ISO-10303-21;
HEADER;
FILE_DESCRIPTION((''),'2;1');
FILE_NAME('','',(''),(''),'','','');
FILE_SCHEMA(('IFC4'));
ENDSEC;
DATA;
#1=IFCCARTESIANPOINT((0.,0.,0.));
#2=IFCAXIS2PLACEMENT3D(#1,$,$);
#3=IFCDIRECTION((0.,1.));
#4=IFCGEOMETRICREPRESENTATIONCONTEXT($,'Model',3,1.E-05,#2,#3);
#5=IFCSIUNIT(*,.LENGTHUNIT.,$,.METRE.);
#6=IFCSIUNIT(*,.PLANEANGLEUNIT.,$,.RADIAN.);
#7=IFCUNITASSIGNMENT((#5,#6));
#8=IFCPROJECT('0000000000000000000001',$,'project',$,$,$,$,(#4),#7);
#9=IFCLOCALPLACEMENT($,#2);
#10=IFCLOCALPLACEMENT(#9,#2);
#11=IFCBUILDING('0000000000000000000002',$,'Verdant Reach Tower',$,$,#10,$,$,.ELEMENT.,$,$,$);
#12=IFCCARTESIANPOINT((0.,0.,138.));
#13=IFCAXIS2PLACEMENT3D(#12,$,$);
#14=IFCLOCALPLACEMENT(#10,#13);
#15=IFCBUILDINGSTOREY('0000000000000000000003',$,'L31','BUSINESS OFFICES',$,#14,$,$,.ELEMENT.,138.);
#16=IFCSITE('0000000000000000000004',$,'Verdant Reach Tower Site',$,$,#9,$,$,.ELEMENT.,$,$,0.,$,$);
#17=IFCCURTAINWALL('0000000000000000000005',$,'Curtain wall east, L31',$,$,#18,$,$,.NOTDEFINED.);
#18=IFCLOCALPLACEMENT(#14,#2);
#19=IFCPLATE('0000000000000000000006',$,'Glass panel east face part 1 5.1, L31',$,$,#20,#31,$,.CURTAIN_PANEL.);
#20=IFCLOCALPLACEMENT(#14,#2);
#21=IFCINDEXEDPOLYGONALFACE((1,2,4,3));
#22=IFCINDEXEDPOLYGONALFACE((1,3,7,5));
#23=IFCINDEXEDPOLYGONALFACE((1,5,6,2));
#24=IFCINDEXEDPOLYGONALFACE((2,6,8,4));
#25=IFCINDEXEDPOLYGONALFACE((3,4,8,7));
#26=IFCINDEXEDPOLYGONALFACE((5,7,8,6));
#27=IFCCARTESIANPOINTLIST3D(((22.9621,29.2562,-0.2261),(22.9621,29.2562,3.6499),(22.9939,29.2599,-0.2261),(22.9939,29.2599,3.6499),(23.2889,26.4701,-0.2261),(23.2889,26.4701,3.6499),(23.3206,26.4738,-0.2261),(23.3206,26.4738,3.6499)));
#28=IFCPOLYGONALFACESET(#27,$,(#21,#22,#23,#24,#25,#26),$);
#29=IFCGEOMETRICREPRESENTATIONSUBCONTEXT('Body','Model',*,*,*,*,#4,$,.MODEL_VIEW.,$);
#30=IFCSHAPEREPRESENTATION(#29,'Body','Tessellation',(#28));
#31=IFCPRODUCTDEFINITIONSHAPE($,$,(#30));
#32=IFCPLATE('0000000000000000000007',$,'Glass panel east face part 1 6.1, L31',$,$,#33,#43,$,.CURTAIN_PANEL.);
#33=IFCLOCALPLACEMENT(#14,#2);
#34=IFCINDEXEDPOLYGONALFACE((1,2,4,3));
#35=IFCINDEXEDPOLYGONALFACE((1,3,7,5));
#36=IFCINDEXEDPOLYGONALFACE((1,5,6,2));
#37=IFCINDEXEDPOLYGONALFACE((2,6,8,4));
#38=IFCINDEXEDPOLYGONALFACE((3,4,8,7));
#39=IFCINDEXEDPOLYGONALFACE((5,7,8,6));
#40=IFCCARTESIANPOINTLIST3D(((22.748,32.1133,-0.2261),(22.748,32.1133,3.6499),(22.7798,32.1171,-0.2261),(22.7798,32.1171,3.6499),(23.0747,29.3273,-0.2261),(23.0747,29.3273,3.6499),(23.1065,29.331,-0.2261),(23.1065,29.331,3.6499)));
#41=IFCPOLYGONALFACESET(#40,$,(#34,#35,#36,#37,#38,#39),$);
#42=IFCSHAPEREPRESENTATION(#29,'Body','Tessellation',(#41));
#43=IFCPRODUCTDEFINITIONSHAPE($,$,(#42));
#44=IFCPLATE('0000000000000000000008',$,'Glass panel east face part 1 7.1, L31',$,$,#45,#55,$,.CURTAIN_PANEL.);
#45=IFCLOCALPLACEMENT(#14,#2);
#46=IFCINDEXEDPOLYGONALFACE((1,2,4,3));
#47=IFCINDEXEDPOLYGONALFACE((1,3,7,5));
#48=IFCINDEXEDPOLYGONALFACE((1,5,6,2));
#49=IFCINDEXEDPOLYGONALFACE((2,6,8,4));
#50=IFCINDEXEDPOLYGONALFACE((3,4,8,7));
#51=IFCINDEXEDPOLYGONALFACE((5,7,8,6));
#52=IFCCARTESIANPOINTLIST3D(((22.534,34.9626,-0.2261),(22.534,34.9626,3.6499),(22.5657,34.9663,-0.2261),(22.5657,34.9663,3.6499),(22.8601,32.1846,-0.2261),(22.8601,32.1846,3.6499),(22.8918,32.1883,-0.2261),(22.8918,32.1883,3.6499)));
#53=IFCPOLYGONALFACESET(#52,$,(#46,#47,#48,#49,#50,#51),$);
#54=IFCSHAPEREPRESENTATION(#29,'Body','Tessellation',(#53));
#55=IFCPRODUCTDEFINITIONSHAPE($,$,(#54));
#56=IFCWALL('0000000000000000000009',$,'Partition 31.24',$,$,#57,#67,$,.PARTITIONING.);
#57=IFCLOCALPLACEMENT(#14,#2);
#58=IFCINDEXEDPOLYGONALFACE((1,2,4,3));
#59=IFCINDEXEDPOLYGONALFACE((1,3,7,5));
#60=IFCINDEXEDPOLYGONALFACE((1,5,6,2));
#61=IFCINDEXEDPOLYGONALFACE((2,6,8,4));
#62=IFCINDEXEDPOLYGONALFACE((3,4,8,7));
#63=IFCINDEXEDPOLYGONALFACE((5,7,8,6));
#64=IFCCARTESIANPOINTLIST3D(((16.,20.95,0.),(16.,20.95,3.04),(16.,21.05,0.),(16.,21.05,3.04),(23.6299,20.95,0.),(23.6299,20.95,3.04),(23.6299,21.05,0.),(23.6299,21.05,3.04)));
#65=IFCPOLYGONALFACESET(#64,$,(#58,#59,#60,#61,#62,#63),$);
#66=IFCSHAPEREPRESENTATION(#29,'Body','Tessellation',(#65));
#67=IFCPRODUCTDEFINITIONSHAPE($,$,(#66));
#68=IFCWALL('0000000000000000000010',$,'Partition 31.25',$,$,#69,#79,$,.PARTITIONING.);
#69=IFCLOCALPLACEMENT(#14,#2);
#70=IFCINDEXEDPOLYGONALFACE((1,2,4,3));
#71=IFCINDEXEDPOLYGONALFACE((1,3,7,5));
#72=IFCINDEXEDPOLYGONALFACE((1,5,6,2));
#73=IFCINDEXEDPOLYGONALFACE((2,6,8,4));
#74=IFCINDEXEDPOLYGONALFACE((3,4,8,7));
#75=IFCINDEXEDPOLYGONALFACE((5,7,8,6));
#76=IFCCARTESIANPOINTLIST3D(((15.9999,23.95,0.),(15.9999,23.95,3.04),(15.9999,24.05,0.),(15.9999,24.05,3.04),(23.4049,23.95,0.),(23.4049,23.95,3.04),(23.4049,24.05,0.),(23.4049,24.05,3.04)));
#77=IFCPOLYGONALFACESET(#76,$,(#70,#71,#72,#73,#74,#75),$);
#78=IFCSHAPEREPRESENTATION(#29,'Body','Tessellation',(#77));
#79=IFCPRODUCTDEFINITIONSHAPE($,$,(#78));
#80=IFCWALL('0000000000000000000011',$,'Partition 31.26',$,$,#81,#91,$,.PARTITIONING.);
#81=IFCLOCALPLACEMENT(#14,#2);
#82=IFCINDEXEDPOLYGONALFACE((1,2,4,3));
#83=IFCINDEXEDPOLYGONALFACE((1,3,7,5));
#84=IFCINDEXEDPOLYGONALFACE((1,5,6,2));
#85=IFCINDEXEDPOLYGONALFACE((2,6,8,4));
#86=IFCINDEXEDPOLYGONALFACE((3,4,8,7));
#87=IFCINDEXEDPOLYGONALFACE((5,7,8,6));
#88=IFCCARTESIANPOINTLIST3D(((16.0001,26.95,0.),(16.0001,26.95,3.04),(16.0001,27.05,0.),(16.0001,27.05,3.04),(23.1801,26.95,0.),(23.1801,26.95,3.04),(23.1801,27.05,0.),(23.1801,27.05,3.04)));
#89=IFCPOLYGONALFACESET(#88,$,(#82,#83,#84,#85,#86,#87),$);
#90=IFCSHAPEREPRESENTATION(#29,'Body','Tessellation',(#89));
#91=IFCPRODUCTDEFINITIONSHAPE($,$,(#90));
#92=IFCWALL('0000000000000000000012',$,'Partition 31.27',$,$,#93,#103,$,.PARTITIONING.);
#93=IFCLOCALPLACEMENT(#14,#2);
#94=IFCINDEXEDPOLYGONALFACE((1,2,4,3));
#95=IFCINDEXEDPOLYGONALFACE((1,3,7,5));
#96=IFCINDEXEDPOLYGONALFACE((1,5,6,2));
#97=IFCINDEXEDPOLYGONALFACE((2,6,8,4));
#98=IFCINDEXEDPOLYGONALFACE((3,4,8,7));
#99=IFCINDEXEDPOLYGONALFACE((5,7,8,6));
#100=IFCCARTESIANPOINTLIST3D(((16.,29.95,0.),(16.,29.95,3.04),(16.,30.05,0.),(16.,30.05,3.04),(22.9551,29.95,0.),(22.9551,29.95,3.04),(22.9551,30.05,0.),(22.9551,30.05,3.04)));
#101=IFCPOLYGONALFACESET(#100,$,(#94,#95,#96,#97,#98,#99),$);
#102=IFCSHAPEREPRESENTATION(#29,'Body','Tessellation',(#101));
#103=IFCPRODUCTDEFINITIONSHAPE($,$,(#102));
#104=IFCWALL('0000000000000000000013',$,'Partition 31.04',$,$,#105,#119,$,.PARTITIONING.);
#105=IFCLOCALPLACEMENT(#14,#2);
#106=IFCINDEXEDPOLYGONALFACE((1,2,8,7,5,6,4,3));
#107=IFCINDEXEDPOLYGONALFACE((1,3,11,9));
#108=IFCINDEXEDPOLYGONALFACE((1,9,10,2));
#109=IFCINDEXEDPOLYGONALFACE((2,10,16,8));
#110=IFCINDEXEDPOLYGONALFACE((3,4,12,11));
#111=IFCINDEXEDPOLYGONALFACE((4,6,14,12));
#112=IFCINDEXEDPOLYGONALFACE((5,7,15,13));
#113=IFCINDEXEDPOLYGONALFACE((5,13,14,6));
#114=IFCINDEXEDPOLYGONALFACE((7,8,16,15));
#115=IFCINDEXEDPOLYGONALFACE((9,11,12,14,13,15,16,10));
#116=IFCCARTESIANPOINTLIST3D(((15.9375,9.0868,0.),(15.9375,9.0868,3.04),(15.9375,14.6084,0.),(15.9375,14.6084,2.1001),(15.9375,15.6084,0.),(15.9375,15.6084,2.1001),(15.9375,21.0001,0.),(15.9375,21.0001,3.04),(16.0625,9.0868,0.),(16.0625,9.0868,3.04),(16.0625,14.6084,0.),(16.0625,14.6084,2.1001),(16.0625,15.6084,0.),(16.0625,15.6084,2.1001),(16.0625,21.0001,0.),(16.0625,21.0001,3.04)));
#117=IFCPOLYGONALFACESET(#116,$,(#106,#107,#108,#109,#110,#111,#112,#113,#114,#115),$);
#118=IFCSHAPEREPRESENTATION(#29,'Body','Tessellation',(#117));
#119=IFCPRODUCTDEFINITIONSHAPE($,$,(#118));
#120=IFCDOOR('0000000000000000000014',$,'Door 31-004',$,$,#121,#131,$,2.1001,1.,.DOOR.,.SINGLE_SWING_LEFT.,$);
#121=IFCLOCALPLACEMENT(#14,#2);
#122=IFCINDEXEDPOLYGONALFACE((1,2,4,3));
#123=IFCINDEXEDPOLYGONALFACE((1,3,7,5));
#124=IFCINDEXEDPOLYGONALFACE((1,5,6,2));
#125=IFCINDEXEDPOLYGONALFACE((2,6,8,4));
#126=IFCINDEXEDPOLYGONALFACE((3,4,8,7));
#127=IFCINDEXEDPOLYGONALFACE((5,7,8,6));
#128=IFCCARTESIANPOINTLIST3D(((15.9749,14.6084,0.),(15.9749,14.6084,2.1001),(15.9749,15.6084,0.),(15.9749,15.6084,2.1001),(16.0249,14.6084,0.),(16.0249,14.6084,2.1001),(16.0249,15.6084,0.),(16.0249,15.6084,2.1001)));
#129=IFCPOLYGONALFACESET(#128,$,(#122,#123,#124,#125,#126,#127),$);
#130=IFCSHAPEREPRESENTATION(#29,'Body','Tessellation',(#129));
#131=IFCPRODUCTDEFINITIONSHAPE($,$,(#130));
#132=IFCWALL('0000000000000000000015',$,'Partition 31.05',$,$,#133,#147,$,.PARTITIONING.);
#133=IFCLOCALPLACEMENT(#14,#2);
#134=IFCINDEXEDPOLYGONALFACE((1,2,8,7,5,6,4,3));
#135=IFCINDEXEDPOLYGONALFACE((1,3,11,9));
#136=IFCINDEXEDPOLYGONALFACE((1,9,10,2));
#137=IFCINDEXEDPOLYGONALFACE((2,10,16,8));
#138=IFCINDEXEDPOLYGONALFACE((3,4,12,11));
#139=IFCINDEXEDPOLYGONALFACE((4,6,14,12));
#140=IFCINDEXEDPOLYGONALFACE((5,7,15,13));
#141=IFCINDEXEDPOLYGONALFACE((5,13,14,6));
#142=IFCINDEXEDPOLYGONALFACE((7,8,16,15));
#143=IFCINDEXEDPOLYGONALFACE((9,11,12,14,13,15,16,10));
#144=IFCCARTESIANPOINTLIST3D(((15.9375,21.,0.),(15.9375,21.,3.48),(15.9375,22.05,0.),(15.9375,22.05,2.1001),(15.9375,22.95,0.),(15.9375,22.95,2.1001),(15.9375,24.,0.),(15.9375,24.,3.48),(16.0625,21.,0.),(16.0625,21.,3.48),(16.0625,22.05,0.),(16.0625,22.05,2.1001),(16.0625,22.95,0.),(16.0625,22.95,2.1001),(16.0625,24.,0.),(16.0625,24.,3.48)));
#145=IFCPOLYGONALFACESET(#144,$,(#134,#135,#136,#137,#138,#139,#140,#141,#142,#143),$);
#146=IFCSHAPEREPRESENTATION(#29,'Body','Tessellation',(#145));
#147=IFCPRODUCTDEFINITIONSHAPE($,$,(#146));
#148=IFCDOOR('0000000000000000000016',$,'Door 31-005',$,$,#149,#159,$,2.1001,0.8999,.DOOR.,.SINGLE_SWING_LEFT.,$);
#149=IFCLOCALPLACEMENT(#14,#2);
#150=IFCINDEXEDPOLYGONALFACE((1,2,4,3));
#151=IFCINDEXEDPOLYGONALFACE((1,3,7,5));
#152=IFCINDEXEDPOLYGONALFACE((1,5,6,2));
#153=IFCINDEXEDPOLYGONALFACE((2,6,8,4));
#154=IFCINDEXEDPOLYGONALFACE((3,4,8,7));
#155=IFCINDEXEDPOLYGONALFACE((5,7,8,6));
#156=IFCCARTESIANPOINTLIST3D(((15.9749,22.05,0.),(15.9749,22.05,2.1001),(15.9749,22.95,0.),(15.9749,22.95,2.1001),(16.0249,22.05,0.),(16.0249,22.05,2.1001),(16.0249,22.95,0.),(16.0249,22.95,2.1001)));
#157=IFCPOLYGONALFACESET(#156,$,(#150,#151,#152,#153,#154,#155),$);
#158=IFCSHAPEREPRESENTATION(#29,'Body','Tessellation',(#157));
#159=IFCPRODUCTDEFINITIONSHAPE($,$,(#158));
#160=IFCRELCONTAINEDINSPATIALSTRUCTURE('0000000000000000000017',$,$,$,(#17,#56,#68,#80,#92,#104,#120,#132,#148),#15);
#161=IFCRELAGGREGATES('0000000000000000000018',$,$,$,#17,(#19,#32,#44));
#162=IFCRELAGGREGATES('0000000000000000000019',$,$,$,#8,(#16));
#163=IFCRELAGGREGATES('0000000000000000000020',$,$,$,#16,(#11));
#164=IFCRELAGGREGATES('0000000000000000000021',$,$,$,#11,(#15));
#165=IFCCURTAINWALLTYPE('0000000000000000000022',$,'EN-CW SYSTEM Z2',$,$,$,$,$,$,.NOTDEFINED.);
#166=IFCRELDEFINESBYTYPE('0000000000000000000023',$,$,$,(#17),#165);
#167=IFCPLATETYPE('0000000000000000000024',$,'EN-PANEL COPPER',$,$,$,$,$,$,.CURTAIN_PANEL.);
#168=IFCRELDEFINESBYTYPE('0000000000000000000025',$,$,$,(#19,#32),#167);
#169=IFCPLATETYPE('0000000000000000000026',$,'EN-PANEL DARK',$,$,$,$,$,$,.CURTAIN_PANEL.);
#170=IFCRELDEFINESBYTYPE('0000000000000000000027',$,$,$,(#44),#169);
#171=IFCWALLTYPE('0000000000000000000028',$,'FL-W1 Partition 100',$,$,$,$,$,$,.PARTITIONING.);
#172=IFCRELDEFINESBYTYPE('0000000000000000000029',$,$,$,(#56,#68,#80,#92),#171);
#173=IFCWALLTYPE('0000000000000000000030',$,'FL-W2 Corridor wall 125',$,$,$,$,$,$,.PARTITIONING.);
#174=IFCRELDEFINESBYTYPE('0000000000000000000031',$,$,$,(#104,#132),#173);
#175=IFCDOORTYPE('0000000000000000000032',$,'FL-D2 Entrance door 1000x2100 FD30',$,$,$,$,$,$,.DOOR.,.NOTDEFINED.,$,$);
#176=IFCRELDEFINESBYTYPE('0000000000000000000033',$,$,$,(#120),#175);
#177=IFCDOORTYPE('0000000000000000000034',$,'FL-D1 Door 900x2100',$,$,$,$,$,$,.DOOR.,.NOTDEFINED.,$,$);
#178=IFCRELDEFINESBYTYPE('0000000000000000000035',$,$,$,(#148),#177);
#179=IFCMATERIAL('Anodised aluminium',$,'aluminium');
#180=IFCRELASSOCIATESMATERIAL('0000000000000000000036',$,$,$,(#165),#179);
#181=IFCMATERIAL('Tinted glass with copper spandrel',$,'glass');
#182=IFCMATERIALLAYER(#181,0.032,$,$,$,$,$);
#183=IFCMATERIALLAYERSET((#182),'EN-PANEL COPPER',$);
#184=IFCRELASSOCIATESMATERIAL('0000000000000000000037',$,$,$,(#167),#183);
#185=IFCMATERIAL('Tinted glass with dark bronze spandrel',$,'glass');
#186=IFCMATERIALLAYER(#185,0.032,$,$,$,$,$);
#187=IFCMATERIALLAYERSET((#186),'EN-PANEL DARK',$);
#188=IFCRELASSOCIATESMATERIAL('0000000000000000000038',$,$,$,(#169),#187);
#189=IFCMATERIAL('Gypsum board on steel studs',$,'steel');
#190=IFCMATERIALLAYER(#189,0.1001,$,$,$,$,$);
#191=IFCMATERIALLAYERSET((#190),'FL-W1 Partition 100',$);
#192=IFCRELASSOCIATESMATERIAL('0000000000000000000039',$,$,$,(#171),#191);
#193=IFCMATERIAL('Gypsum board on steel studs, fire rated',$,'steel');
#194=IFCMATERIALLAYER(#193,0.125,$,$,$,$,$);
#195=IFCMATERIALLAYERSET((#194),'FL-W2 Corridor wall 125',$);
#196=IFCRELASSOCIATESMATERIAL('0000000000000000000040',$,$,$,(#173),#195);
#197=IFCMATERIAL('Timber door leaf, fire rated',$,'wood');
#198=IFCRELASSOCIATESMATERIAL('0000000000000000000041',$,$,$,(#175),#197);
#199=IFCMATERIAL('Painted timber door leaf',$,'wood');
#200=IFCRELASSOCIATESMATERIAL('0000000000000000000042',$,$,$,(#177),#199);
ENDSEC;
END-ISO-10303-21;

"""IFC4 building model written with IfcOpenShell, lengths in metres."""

from ifc_helpers import new_model, si_unit, direction, frame, frame_2d, origin, origin_2d, place, context, subcontext, project, spatial, rectangle, extrude, material, layer, layer_set, type_object, element, fill, aggregate, save


model = new_model("IFC4")

# Units and contexts
model_context = context("Model", 3, precision=1e-05, world=origin(), true_north=direction((0.0, 1.0)))
body_context = subcontext(model_context, "Body", "Model", "MODEL_VIEW")
ifc_project = project(units=[si_unit("LENGTHUNIT", "METRE"), si_unit("PLANEANGLEUNIT", "RADIAN")], contexts=[model_context])

# Site, building, storey
site_placement = place(None, origin())
site = spatial("IfcSite", under=ifc_project, at=site_placement, Name="Verdant Reach Tower Site", CompositionType="ELEMENT", RefElevation=0.0)
building_placement = place(site_placement, origin())
building = spatial("IfcBuilding", under=site, at=building_placement, Name="Verdant Reach Tower", CompositionType="ELEMENT")
storey_placement = place(building_placement, frame((0.0, 0.0, 138.0)))
storey = spatial("IfcBuildingStorey", under=building, at=storey_placement, Name="L31", Description="BUSINESS OFFICES", CompositionType="ELEMENT", Elevation=138.0)

# Curtain wall
ifc_material_1 = material(Name="Anodised aluminium", Category="aluminium")
curtain_wall_type = type_object("IfcCurtainWallType", Name="EN-CW SYSTEM Z2", PredefinedType="NOTDEFINED", material=ifc_material_1)
curtain_wall_placement = place(storey_placement, origin())
curtain_wall = element("IfcCurtainWall", 1, at=curtain_wall_placement, inside=storey, type_object=curtain_wall_type, Name="Curtain wall east, L31", PredefinedType="NOTDEFINED")

# Plates
ifc_material_2 = material(Name="Tinted glass with copper spandrel", Category="glass")
ifc_layer_1 = layer(ifc_material_2, 0.032)
ifc_layer_set_1 = layer_set([ifc_layer_1], Name="EN-PANEL COPPER")
plate_type_1 = type_object("IfcPlateType", Name="EN-PANEL COPPER", PredefinedType="CURTAIN_PANEL", material=ifc_layer_set_1)
plate_1_placement = place(storey_placement, frame((23.1414, 27.865, -0.2261), z_axis=(0.0, 0.0, 1.0), x_axis=(-0.116483, 0.993193, 0.0)))
plate_1 = element("IfcPlate", 2, at=plate_1_placement, type_object=plate_type_1, Name="Glass panel east face part 1 5.1, L31", PredefinedType="CURTAIN_PANEL", context=body_context, shape_type="SweptSolid", body=[
    extrude(rectangle(XDim=2.8052, YDim=0.032, at=origin_2d()), origin(), (0.0, 0.0, 1.0), 3.876),
])
plate_2_placement = place(storey_placement, frame((22.9272, 30.7222, -0.2261), z_axis=(0.0, 0.0, 1.0), x_axis=(-0.116483, 0.993193, 0.0)))
plate_2 = element("IfcPlate", 3, at=plate_2_placement, type_object=plate_type_1, Name="Glass panel east face part 1 6.1, L31", PredefinedType="CURTAIN_PANEL", context=body_context, shape_type="SweptSolid", body=[
    extrude(rectangle(XDim=2.8052, YDim=0.032, at=origin_2d()), origin(), (0.0, 0.0, 1.0), 3.876),
])
ifc_material_3 = material(Name="Tinted glass with dark bronze spandrel", Category="glass")
ifc_layer_2 = layer(ifc_material_3, 0.032)
ifc_layer_set_2 = layer_set([ifc_layer_2], Name="EN-PANEL DARK")
plate_type_2 = type_object("IfcPlateType", Name="EN-PANEL DARK", PredefinedType="CURTAIN_PANEL", material=ifc_layer_set_2)
plate_3_placement = place(storey_placement, frame((22.7129, 33.5754, -0.2261), z_axis=(0.0, 0.0, 1.0), x_axis=(-0.116586, 0.993181, 0.0)))
plate_3 = element("IfcPlate", 4, at=plate_3_placement, type_object=plate_type_2, Name="Glass panel east face part 1 7.1, L31", PredefinedType="CURTAIN_PANEL", context=body_context, shape_type="SweptSolid", body=[
    extrude(rectangle(XDim=2.7971, YDim=0.032, at=origin_2d()), origin(), (0.0, 0.0, 1.0), 3.876),
])
aggregate(curtain_wall, [plate_1, plate_2, plate_3])

# Walls
ifc_material_4 = material(Name="Gypsum board on steel studs", Category="steel")
ifc_layer_3 = layer(ifc_material_4, 0.1001)
ifc_layer_set_3 = layer_set([ifc_layer_3], Name="FL-W1 Partition 100")
wall_type_1 = type_object("IfcWallType", Name="FL-W1 Partition 100", PredefinedType="PARTITIONING", material=ifc_layer_set_3)
wall_1_placement = place(storey_placement, frame((23.6299, 21.0, 0.0), z_axis=(0.0, 0.0, 1.0), x_axis=(-1.0, 0.0, 0.0)))
element("IfcWall", 5, at=wall_1_placement, inside=storey, type_object=wall_type_1, Name="Partition 31.24", PredefinedType="PARTITIONING", context=body_context, shape_type="SweptSolid", body=[
    extrude(rectangle(XDim=7.6299, YDim=0.1001, at=frame_2d((3.8149, 0.0))), origin(), (0.0, 0.0, 1.0), 3.04),
])
wall_2_placement = place(storey_placement, frame((23.405, 24.0, 0.0), z_axis=(0.0, 0.0, 1.0), x_axis=(-1.0, 0.0, 0.0)))
element("IfcWall", 6, at=wall_2_placement, inside=storey, type_object=wall_type_1, Name="Partition 31.25", PredefinedType="PARTITIONING", context=body_context, shape_type="SweptSolid", body=[
    extrude(rectangle(XDim=7.405, YDim=0.1001, at=frame_2d((3.7026, 0.0))), origin(), (0.0, 0.0, 1.0), 3.04),
])
wall_3_placement = place(storey_placement, frame((23.1799, 27.0, 0.0), z_axis=(0.0, 0.0, 1.0), x_axis=(-1.0, 0.0, 0.0)))
element("IfcWall", 7, at=wall_3_placement, inside=storey, type_object=wall_type_1, Name="Partition 31.26", PredefinedType="PARTITIONING", context=body_context, shape_type="SweptSolid", body=[
    extrude(rectangle(XDim=7.1799, YDim=0.1001, at=frame_2d((3.5898, 0.0))), origin(), (0.0, 0.0, 1.0), 3.04),
])
wall_4_placement = place(storey_placement, frame((22.9551, 30.0, 0.0), z_axis=(0.0, 0.0, 1.0), x_axis=(-1.0, 0.0, 0.0)))
element("IfcWall", 8, at=wall_4_placement, inside=storey, type_object=wall_type_1, Name="Partition 31.27", PredefinedType="PARTITIONING", context=body_context, shape_type="SweptSolid", body=[
    extrude(rectangle(XDim=6.9551, YDim=0.1001, at=frame_2d((3.4775, 0.0))), origin(), (0.0, 0.0, 1.0), 3.04),
])

# Walls, openings, doors
ifc_material_5 = material(Name="Gypsum board on steel studs, fire rated", Category="steel")
ifc_layer_4 = layer(ifc_material_5, 0.125)
ifc_layer_set_4 = layer_set([ifc_layer_4], Name="FL-W2 Corridor wall 125")
wall_type_2 = type_object("IfcWallType", Name="FL-W2 Corridor wall 125", PredefinedType="PARTITIONING", material=ifc_layer_set_4)
wall_5_placement = place(storey_placement, frame((16.0, 21.0, 0.0), z_axis=(0.0, 0.0, 1.0), x_axis=(0.0, -1.0, 0.0)))
wall_5 = element("IfcWall", 9, at=wall_5_placement, inside=storey, type_object=wall_type_2, Name="Partition 31.04", PredefinedType="PARTITIONING", context=body_context, shape_type="SweptSolid", body=[
    extrude(rectangle(XDim=11.9133, YDim=0.125, at=frame_2d((5.9565, 0.0))), origin(), (0.0, 0.0, 1.0), 3.04),
])
opening_1_placement = place(wall_5_placement, frame((5.3916, 0.0, 0.0)))
opening_1 = element("IfcOpeningElement", 10, at=opening_1_placement, cuts=wall_5, PredefinedType="OPENING", context=body_context, shape_type="SweptSolid", body=[
    extrude(rectangle(XDim=1.0, YDim=2.1001, at=frame_2d((0.5, 1.05))), frame((0.0, 0.0725, 0.0), z_axis=(0.0, -1.0, 0.0), x_axis=(1.0, 0.0, 0.0)), (0.0, 0.0, 1.0), 0.145),
])
ifc_material_6 = material(Name="Timber door leaf, fire rated", Category="wood")
door_type_1 = type_object("IfcDoorType", Name="FL-D2 Entrance door 1000x2100 FD30", OperationType="NOTDEFINED", PredefinedType="DOOR", material=ifc_material_6)
door_1_placement = place(opening_1_placement, origin())
door_1 = element("IfcDoor", 11, at=door_1_placement, inside=storey, type_object=door_type_1, Name="Door 31-004", OperationType="SINGLE_SWING_LEFT", OverallHeight=2.1001, OverallWidth=1.0, PredefinedType="DOOR", context=body_context, shape_type="SweptSolid", body=[
    extrude(rectangle(XDim=1.0, YDim=2.1001, at=frame_2d((0.5, 1.05))), frame((0.0, 0.0249, 0.0), z_axis=(0.0, -1.0, 0.0), x_axis=(1.0, 0.0, 0.0)), (0.0, 0.0, 1.0), 0.05),
])
fill(opening_1, door_1)
wall_6_placement = place(storey_placement, frame((16.0, 24.0, 0.0), z_axis=(0.0, 0.0, 1.0), x_axis=(0.0, -1.0, 0.0)))
wall_6 = element("IfcWall", 12, at=wall_6_placement, inside=storey, type_object=wall_type_2, Name="Partition 31.05", PredefinedType="PARTITIONING", context=body_context, shape_type="SweptSolid", body=[
    extrude(rectangle(XDim=3.0, YDim=0.125, at=frame_2d((1.5, 0.0))), origin(), (0.0, 0.0, 1.0), 3.48),
])
opening_2_placement = place(wall_6_placement, frame((1.05, 0.0, 0.0)))
opening_2 = element("IfcOpeningElement", 13, at=opening_2_placement, cuts=wall_6, PredefinedType="OPENING", context=body_context, shape_type="SweptSolid", body=[
    extrude(rectangle(XDim=0.8999, YDim=2.1001, at=frame_2d((0.45, 1.05))), frame((0.0, 0.0725, 0.0), z_axis=(0.0, -1.0, 0.0), x_axis=(1.0, 0.0, 0.0)), (0.0, 0.0, 1.0), 0.145),
])
ifc_material_7 = material(Name="Painted timber door leaf", Category="wood")
door_type_2 = type_object("IfcDoorType", Name="FL-D1 Door 900x2100", OperationType="NOTDEFINED", PredefinedType="DOOR", material=ifc_material_7)
door_2_placement = place(opening_2_placement, origin())
door_2 = element("IfcDoor", 14, at=door_2_placement, inside=storey, type_object=door_type_2, Name="Door 31-005", OperationType="SINGLE_SWING_LEFT", OverallHeight=2.1001, OverallWidth=0.8999, PredefinedType="DOOR", context=body_context, shape_type="SweptSolid", body=[
    extrude(rectangle(XDim=0.8999, YDim=2.1001, at=frame_2d((0.45, 1.05))), frame((0.0, 0.0249, 0.0), z_axis=(0.0, -1.0, 0.0), x_axis=(1.0, 0.0, 0.0)), (0.0, 0.0, 1.0), 0.05),
])
fill(opening_2, door_2)

save(model, "model.ifc")
